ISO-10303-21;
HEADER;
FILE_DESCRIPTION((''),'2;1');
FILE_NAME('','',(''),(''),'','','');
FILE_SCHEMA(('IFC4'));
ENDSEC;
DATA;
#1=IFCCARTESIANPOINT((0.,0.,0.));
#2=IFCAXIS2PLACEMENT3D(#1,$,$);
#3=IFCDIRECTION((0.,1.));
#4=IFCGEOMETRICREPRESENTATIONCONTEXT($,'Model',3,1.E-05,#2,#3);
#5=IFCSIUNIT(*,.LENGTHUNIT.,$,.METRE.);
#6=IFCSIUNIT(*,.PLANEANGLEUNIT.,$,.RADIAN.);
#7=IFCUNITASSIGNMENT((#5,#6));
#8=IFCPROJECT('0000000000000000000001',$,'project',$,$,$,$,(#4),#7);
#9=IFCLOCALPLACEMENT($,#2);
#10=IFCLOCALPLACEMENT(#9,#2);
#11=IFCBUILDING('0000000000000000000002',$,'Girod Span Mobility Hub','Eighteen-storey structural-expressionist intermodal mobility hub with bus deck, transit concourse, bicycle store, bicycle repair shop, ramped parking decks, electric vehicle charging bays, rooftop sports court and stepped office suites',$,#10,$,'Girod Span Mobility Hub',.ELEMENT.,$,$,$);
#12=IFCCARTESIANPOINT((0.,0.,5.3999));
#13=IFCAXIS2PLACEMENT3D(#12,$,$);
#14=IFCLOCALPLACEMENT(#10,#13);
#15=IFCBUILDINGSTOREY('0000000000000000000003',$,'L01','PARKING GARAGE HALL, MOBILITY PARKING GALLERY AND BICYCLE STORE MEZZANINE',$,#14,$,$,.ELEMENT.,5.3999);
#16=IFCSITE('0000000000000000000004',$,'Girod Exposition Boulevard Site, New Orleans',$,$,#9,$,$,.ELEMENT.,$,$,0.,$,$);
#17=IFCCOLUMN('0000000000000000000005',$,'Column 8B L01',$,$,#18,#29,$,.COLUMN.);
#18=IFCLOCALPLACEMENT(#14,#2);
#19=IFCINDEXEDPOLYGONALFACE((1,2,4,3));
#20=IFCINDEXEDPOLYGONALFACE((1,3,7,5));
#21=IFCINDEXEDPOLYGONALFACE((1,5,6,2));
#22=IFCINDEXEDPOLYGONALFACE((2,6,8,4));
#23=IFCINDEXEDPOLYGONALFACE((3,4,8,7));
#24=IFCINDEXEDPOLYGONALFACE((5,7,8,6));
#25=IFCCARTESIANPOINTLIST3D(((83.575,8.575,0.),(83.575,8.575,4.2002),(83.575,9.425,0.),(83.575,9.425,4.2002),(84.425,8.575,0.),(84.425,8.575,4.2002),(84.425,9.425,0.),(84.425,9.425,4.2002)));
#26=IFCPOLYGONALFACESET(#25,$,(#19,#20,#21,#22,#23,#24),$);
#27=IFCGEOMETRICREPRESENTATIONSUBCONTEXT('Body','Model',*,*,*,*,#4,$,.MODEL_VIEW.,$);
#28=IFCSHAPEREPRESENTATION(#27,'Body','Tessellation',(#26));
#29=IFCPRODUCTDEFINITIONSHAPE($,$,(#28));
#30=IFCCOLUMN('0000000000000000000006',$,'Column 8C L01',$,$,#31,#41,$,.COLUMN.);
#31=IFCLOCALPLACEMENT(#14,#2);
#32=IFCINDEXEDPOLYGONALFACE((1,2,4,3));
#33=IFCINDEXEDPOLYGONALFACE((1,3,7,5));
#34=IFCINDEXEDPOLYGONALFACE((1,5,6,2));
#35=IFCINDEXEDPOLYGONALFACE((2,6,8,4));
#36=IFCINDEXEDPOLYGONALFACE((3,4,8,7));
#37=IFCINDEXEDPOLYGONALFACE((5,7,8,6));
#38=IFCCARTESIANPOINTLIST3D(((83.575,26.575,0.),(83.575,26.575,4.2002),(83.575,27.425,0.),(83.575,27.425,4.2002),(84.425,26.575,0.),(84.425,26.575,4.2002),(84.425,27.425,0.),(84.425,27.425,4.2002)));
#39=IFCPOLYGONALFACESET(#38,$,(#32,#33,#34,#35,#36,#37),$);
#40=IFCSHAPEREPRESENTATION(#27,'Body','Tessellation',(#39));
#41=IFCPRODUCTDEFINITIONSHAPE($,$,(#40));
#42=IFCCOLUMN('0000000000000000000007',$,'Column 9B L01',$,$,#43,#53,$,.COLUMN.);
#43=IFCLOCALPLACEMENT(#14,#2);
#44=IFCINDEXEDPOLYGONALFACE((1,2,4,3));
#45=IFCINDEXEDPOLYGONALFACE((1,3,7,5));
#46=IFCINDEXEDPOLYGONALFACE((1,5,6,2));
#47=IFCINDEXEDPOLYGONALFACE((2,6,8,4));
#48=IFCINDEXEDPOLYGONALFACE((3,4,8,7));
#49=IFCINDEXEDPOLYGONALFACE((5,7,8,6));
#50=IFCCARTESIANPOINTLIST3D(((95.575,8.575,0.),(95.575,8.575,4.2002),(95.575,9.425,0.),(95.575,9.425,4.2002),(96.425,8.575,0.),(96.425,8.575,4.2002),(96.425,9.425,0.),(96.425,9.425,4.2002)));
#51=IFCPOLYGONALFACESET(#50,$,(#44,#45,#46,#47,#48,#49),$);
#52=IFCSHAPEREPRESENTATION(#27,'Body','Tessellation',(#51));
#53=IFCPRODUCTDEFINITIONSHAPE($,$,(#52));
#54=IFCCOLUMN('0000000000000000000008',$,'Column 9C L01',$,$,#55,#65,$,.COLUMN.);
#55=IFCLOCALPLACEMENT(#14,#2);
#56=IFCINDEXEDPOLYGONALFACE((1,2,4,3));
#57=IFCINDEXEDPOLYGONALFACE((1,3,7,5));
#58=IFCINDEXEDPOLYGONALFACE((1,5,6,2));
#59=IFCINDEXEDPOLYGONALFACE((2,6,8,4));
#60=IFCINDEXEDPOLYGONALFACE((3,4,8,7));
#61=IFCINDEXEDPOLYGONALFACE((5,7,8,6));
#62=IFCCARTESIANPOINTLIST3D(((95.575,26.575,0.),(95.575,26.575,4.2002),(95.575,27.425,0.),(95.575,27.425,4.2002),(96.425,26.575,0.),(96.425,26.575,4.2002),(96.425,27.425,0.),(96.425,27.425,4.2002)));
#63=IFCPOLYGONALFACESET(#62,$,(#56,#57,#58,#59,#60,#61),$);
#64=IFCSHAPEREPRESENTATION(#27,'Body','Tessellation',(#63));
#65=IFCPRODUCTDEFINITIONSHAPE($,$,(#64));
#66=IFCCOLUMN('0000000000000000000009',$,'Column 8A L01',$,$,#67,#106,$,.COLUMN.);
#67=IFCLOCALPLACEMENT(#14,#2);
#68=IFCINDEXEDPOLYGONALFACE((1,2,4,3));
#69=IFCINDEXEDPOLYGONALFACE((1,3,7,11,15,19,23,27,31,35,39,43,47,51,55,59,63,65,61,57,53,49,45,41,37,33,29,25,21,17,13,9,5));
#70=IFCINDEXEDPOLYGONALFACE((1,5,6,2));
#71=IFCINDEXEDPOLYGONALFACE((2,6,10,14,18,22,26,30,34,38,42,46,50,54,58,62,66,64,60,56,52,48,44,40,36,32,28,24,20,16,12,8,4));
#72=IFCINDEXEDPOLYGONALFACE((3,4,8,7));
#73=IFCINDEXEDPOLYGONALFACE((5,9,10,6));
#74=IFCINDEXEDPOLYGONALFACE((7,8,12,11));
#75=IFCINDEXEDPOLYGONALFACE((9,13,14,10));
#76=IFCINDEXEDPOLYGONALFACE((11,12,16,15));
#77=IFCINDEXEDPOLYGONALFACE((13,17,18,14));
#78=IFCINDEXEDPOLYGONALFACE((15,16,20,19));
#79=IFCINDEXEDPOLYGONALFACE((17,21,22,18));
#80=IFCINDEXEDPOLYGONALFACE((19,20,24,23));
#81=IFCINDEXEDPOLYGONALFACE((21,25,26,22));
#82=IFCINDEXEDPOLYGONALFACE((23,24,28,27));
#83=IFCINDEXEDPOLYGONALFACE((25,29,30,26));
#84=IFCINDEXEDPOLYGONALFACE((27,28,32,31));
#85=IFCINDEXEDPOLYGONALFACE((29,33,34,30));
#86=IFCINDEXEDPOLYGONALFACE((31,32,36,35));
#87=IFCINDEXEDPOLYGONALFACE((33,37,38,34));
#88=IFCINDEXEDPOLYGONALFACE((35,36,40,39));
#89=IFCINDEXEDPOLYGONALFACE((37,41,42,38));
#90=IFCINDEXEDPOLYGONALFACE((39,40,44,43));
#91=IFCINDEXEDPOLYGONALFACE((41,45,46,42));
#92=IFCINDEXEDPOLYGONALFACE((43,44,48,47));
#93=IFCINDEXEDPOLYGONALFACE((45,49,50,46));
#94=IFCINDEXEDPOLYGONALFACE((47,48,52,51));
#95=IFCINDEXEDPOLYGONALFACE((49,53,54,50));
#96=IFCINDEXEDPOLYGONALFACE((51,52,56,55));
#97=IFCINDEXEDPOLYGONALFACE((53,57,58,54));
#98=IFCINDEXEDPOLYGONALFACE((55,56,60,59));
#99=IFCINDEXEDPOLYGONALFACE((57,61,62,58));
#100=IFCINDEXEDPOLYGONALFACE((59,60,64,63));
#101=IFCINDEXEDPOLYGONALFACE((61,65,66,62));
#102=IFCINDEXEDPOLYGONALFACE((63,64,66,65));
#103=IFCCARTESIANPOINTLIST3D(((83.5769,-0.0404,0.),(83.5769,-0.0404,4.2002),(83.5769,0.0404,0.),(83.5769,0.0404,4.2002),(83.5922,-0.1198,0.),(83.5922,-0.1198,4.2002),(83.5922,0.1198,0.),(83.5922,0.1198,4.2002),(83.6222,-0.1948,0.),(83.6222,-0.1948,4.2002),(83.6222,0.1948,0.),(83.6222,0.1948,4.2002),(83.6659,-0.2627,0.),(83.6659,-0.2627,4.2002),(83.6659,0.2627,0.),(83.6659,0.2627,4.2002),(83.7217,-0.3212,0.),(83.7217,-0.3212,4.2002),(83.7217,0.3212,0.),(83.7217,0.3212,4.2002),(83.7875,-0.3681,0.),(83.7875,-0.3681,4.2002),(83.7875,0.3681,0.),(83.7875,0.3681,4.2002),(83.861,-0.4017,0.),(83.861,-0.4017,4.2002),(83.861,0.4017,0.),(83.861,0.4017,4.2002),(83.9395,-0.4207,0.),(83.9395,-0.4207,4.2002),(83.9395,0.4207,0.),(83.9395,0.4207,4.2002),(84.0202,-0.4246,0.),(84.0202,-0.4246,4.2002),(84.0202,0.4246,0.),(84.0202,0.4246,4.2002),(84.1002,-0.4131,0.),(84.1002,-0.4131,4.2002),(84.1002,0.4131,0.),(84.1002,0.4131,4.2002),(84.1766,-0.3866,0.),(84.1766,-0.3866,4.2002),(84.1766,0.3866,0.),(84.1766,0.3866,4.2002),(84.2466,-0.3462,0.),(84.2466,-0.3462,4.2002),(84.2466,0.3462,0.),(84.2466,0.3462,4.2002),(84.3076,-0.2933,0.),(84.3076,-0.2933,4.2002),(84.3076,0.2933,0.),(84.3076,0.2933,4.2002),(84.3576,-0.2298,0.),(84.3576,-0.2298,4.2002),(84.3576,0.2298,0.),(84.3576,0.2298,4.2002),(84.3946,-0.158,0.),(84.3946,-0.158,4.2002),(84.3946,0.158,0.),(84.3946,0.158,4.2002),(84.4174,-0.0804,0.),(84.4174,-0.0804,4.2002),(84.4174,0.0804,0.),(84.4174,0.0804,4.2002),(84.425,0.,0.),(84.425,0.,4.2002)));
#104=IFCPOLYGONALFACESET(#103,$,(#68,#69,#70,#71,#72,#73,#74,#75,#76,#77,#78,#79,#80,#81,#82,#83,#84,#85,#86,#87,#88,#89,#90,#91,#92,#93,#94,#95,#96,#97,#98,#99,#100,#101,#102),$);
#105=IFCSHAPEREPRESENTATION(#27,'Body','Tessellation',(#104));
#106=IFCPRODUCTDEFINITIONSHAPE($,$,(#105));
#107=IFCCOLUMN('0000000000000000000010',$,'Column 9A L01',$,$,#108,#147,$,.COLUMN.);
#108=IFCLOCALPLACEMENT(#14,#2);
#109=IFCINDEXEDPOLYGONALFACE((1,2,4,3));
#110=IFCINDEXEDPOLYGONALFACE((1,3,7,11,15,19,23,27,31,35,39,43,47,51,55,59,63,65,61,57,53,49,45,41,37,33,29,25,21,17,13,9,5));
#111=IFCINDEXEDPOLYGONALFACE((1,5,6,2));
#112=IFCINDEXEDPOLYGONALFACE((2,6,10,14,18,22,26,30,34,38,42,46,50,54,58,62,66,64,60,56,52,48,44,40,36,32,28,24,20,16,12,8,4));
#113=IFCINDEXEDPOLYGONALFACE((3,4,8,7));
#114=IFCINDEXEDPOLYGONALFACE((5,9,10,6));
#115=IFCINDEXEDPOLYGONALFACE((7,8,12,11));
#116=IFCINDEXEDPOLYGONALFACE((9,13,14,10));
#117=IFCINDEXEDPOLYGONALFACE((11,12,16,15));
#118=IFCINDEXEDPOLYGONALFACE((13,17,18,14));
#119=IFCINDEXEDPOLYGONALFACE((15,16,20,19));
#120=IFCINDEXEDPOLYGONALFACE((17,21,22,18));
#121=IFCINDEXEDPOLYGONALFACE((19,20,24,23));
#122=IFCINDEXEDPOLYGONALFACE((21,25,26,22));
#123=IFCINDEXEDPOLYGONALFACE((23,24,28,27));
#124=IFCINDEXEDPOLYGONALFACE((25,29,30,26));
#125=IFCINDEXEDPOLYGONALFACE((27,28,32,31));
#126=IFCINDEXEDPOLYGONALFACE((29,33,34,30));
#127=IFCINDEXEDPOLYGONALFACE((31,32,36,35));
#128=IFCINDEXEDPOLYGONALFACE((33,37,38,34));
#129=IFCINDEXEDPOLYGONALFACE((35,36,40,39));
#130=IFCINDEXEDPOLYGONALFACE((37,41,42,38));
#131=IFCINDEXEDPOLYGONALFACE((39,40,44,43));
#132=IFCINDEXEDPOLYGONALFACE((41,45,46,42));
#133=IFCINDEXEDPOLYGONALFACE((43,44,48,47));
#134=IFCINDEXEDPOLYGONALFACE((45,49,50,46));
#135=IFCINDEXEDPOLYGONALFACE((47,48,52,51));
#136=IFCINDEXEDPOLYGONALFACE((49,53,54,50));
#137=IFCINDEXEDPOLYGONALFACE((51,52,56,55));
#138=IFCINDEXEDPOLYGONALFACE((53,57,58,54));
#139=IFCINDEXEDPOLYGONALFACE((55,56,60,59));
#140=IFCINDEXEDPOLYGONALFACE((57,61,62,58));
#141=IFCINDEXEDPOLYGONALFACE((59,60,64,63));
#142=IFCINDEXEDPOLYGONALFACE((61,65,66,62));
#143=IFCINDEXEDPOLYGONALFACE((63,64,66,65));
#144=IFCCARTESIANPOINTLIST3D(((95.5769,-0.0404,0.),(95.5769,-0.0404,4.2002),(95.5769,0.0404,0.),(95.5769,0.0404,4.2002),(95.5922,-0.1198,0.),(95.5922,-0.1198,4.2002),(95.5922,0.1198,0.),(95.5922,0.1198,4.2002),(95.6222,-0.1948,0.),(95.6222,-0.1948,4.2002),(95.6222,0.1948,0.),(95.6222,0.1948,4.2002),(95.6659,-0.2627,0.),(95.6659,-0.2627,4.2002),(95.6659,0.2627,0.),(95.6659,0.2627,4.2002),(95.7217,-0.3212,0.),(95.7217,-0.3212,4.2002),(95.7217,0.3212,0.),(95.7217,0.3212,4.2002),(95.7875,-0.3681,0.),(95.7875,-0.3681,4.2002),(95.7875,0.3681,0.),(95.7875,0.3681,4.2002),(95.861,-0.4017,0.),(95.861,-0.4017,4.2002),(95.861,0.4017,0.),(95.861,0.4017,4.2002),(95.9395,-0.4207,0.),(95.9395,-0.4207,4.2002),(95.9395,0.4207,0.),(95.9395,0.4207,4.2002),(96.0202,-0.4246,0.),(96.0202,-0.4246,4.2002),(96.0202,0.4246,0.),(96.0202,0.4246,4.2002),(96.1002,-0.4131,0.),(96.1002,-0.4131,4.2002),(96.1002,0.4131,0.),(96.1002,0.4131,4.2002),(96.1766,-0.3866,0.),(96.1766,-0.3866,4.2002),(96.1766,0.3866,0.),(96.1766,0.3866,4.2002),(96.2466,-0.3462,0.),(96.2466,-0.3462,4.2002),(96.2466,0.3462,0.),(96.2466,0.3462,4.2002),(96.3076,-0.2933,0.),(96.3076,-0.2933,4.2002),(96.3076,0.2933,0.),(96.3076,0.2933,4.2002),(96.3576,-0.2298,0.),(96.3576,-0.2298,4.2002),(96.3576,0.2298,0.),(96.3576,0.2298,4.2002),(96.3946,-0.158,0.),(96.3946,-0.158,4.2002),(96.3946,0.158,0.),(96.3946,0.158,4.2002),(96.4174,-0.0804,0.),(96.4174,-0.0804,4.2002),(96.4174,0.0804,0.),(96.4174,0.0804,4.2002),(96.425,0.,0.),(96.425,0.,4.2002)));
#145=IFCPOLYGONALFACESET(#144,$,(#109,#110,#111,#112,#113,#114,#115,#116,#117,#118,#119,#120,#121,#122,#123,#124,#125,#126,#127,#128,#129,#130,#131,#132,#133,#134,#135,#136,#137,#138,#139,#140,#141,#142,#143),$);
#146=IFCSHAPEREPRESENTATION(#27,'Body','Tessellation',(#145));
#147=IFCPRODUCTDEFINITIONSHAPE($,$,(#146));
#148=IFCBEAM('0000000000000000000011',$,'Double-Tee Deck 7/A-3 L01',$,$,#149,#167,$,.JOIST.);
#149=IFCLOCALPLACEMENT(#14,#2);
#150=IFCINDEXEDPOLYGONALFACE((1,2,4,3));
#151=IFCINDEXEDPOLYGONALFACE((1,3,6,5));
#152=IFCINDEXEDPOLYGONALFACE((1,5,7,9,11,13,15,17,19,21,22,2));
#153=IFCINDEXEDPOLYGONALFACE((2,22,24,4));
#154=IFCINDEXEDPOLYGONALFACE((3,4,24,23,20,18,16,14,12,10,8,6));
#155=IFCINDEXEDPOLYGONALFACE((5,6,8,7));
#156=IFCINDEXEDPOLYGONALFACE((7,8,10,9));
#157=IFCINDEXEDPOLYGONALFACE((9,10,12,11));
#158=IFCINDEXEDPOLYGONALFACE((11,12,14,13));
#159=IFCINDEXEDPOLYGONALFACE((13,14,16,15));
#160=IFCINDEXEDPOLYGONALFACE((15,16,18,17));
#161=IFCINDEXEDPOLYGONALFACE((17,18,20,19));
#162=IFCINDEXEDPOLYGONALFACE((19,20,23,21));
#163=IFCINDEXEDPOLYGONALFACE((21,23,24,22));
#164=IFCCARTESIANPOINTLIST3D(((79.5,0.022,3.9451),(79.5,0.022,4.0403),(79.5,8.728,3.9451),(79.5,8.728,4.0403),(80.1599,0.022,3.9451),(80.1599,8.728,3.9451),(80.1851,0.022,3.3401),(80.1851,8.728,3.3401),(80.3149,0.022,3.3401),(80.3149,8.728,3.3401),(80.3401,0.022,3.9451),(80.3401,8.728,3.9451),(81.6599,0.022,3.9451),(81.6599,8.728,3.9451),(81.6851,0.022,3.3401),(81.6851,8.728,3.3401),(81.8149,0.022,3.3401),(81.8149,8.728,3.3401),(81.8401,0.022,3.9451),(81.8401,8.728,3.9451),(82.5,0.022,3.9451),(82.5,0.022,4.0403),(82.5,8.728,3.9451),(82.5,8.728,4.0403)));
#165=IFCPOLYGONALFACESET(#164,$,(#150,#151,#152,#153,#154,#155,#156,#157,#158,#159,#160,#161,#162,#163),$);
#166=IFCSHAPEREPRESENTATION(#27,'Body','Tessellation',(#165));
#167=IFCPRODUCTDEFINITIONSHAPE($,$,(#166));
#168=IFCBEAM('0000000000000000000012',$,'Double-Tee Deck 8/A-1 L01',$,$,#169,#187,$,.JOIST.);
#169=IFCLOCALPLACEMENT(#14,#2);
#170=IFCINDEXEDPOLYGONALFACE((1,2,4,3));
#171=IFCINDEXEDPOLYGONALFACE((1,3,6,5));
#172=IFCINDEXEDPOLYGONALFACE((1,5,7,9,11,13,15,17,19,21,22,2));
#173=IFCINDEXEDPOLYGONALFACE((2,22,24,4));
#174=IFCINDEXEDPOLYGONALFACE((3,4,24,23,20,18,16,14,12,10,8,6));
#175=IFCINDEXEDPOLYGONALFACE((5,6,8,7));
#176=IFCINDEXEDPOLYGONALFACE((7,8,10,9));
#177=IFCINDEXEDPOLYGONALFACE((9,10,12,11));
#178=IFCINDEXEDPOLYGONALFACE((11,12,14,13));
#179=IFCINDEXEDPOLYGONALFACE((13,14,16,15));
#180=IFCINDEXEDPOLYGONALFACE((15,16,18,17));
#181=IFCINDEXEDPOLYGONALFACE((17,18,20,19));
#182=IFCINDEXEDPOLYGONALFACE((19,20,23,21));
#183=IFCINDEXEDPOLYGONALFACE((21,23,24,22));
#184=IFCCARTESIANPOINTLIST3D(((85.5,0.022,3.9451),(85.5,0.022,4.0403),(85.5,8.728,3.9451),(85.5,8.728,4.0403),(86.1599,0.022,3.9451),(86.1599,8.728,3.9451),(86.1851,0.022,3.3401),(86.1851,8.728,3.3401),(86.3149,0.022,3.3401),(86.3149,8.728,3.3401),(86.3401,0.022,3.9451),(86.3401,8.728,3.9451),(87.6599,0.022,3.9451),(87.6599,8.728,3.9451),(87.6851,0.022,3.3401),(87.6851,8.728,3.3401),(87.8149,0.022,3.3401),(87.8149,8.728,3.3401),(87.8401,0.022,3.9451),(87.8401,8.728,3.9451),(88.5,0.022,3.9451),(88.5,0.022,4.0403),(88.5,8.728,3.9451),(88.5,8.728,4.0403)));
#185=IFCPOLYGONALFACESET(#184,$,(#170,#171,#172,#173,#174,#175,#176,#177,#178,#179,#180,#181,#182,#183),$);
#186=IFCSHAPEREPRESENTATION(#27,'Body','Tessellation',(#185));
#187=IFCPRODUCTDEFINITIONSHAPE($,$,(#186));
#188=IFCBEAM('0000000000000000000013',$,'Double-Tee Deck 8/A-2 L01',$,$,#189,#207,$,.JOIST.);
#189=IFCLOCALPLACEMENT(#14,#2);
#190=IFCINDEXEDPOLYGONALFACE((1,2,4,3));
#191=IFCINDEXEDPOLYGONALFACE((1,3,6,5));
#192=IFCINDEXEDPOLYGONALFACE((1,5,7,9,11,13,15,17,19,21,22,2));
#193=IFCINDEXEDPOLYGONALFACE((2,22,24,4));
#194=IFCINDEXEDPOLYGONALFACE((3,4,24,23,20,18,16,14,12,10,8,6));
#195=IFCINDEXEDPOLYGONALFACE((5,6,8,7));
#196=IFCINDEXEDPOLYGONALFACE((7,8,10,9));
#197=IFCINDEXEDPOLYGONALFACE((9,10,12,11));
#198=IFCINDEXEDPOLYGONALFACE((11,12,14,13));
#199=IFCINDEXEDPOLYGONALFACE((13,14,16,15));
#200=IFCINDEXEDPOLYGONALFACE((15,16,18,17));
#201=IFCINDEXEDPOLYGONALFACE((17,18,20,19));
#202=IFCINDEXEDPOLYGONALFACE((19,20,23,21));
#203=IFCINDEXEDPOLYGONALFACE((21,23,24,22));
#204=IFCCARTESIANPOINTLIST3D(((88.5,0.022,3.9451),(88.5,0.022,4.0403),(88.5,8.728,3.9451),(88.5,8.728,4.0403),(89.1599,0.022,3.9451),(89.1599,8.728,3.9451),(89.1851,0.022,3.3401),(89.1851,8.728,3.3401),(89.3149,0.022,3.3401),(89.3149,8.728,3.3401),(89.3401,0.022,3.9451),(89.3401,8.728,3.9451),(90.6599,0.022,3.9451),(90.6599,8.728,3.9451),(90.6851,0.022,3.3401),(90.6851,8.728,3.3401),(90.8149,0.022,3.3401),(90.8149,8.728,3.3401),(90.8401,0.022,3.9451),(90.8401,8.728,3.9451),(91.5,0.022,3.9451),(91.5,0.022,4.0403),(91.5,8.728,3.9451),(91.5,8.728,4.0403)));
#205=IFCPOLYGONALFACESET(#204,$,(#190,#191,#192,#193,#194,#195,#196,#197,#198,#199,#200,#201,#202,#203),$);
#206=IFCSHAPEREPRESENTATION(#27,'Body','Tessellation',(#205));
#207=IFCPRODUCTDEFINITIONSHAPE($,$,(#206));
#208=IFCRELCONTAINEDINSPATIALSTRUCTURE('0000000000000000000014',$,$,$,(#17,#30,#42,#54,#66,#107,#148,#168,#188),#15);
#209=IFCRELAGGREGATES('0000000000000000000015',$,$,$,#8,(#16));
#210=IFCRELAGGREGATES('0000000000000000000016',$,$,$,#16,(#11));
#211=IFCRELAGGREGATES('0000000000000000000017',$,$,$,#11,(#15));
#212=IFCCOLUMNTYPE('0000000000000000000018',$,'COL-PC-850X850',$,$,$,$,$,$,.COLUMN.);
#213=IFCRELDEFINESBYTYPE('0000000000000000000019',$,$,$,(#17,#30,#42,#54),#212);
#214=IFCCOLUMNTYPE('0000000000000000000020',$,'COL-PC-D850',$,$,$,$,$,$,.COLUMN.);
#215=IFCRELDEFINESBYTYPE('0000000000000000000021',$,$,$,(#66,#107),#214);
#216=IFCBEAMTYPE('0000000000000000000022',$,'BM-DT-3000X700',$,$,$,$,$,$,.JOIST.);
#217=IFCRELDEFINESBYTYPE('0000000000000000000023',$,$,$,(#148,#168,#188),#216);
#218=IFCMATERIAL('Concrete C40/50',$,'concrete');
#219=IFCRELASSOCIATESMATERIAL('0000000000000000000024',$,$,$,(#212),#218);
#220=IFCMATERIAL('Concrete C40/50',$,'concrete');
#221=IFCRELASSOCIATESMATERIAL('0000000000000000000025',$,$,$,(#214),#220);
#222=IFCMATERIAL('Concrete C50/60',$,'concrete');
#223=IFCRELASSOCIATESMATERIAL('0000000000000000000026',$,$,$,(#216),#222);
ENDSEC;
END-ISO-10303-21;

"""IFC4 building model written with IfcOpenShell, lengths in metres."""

from ifc_helpers import new_model, si_unit, direction, frame, origin, origin_2d, place, context, subcontext, project, spatial, polyline, rectangle, circle, outline, extrude, material, material_profile, profile_set, type_object, element, save


model = new_model("IFC4")

# Units and contexts
model_context = context("Model", 3, precision=1e-05, world=origin(), true_north=direction((0.0, 1.0)))
body_context = subcontext(model_context, "Body", "Model", "MODEL_VIEW")
ifc_project = project(units=[si_unit("LENGTHUNIT", "METRE"), si_unit("PLANEANGLEUNIT", "RADIAN")], contexts=[model_context])

# Site, building, storey
site_placement = place(None, origin())
site = spatial("IfcSite", under=ifc_project, at=site_placement, Name="Girod Exposition Boulevard Site, New Orleans", CompositionType="ELEMENT", RefElevation=0.0)
building_placement = place(site_placement, origin())
building = spatial("IfcBuilding", under=site, at=building_placement, Name="Girod Span Mobility Hub", Description="Eighteen-storey structural-expressionist intermodal mobility hub with bus deck, transit concourse, bicycle store, bicycle repair shop, ramped parking decks, electric vehicle charging bays, rooftop sports court and stepped office suites", LongName="Girod Span Mobility Hub", CompositionType="ELEMENT")
storey_placement = place(building_placement, frame((0.0, 0.0, 5.3999)))
storey = spatial("IfcBuildingStorey", under=building, at=storey_placement, Name="L01", Description="PARKING GARAGE HALL, MOBILITY PARKING GALLERY AND BICYCLE STORE MEZZANINE", CompositionType="ELEMENT", Elevation=5.3999)

# Columns
ifc_material_1 = material(Name="Concrete C40/50", Category="concrete")
ifc_material_profile_1 = material_profile(ifc_material_1, rectangle(XDim=0.8501, YDim=0.8501, at=origin_2d()), Name="PC-COL-850X850")
ifc_profile_set_1 = profile_set([ifc_material_profile_1], Name="Concrete C40/50")
column_type_1 = type_object("IfcColumnType", Name="COL-PC-850X850", PredefinedType="COLUMN", material=ifc_profile_set_1)
for number, where, z_axis, x_axis, name in (
    (1, (84.0, 9.0, 0.0), (0.0, 0.0, 1.0), (1.0, 0.0, 0.0), "Column 8B L01"),
    (2, (84.0, 27.0, 0.0), (0.0, 0.0, 1.0), (1.0, 0.0, 0.0), "Column 8C L01"),
    (3, (96.0, 9.0, 0.0), (0.0, 0.0, 1.0), (1.0, 0.0, 0.0), "Column 9B L01"),
    (4, (96.0, 27.0, 0.0), (0.0, 0.0, 1.0), (1.0, 0.0, 0.0), "Column 9C L01"),
):
    element("IfcColumn", number, at=place(storey_placement, frame(where, z_axis=z_axis, x_axis=x_axis)), inside=storey, type_object=column_type_1, Name=name, PredefinedType="COLUMN", context=body_context, shape_type="SweptSolid", body=[
        extrude(rectangle(XDim=0.8501, YDim=0.8501, at=origin_2d()), origin(), (0.0, 0.0, 1.0), 4.2002),
    ])
ifc_material_2 = material(Name="Concrete C40/50", Category="concrete")
ifc_material_profile_2 = material_profile(ifc_material_2, circle(Radius=0.425, at=origin_2d()), Name="PC-CIR-D850")
ifc_profile_set_2 = profile_set([ifc_material_profile_2], Name="Concrete C40/50")
column_type_2 = type_object("IfcColumnType", Name="COL-PC-D850", PredefinedType="COLUMN", material=ifc_profile_set_2)
for number, where, z_axis, x_axis, name in (
    (5, (84.0, 0.0, 0.0), (0.0, 0.0, 1.0), (1.0, 0.0, 0.0), "Column 8A L01"),
    (6, (96.0, 0.0, 0.0), (0.0, 0.0, 1.0), (1.0, 0.0, 0.0), "Column 9A L01"),
):
    element("IfcColumn", number, at=place(storey_placement, frame(where, z_axis=z_axis, x_axis=x_axis)), inside=storey, type_object=column_type_2, Name=name, PredefinedType="COLUMN", context=body_context, shape_type="SweptSolid", body=[
        extrude(circle(Radius=0.425, at=origin_2d()), origin(), (0.0, 0.0, 1.0), 4.2002),
    ])

# Beams
ifc_material_3 = material(Name="Concrete C50/60", Category="concrete")
ifc_material_profile_3 = material_profile(ifc_material_3, outline(polyline([(-1.5, 0.3501), (-1.5, 0.2549), (-0.8401, 0.2549), (-0.8149, -0.3501), (-0.6851, -0.3501), (-0.6599, 0.2549), (0.6599, 0.2549), (0.6851, -0.3501), (0.8149, -0.3501), (0.8401, 0.2549), (1.5, 0.2549), (1.5, 0.3501), (-1.5, 0.3501)])), Name="DT-3000X700")
ifc_profile_set_3 = profile_set([ifc_material_profile_3], Name="Concrete C50/60")
beam_type_1 = type_object("IfcBeamType", Name="BM-DT-3000X700", PredefinedType="JOIST", material=ifc_profile_set_3)
for number, where, z_axis, x_axis, name in (
    (7, (81.0, 0.022, 3.6902), (0.0, 1.0, 0.0), (-1.0, 0.0, 0.0), "Double-Tee Deck 7/A-3 L01"),
    (8, (87.0, 0.022, 3.6902), (0.0, 1.0, 0.0), (-1.0, 0.0, 0.0), "Double-Tee Deck 8/A-1 L01"),
    (9, (90.0, 0.022, 3.6902), (0.0, 1.0, 0.0), (-1.0, 0.0, 0.0), "Double-Tee Deck 8/A-2 L01"),
):
    element("IfcBeam", number, at=place(storey_placement, frame(where, z_axis=z_axis, x_axis=x_axis)), inside=storey, type_object=beam_type_1, Name=name, PredefinedType="JOIST", context=body_context, shape_type="SweptSolid", body=[
        extrude(outline(polyline([(-1.5, 0.3501), (-1.5, 0.2549), (-0.8401, 0.2549), (-0.8149, -0.3501), (-0.6851, -0.3501), (-0.6599, 0.2549), (0.6599, 0.2549), (0.6851, -0.3501), (0.8149, -0.3501), (0.8401, 0.2549), (1.5, 0.2549), (1.5, 0.3501), (-1.5, 0.3501)])), origin(), (0.0, 0.0, 1.0), 8.7061),
    ])

save(model, "model.ifc")
